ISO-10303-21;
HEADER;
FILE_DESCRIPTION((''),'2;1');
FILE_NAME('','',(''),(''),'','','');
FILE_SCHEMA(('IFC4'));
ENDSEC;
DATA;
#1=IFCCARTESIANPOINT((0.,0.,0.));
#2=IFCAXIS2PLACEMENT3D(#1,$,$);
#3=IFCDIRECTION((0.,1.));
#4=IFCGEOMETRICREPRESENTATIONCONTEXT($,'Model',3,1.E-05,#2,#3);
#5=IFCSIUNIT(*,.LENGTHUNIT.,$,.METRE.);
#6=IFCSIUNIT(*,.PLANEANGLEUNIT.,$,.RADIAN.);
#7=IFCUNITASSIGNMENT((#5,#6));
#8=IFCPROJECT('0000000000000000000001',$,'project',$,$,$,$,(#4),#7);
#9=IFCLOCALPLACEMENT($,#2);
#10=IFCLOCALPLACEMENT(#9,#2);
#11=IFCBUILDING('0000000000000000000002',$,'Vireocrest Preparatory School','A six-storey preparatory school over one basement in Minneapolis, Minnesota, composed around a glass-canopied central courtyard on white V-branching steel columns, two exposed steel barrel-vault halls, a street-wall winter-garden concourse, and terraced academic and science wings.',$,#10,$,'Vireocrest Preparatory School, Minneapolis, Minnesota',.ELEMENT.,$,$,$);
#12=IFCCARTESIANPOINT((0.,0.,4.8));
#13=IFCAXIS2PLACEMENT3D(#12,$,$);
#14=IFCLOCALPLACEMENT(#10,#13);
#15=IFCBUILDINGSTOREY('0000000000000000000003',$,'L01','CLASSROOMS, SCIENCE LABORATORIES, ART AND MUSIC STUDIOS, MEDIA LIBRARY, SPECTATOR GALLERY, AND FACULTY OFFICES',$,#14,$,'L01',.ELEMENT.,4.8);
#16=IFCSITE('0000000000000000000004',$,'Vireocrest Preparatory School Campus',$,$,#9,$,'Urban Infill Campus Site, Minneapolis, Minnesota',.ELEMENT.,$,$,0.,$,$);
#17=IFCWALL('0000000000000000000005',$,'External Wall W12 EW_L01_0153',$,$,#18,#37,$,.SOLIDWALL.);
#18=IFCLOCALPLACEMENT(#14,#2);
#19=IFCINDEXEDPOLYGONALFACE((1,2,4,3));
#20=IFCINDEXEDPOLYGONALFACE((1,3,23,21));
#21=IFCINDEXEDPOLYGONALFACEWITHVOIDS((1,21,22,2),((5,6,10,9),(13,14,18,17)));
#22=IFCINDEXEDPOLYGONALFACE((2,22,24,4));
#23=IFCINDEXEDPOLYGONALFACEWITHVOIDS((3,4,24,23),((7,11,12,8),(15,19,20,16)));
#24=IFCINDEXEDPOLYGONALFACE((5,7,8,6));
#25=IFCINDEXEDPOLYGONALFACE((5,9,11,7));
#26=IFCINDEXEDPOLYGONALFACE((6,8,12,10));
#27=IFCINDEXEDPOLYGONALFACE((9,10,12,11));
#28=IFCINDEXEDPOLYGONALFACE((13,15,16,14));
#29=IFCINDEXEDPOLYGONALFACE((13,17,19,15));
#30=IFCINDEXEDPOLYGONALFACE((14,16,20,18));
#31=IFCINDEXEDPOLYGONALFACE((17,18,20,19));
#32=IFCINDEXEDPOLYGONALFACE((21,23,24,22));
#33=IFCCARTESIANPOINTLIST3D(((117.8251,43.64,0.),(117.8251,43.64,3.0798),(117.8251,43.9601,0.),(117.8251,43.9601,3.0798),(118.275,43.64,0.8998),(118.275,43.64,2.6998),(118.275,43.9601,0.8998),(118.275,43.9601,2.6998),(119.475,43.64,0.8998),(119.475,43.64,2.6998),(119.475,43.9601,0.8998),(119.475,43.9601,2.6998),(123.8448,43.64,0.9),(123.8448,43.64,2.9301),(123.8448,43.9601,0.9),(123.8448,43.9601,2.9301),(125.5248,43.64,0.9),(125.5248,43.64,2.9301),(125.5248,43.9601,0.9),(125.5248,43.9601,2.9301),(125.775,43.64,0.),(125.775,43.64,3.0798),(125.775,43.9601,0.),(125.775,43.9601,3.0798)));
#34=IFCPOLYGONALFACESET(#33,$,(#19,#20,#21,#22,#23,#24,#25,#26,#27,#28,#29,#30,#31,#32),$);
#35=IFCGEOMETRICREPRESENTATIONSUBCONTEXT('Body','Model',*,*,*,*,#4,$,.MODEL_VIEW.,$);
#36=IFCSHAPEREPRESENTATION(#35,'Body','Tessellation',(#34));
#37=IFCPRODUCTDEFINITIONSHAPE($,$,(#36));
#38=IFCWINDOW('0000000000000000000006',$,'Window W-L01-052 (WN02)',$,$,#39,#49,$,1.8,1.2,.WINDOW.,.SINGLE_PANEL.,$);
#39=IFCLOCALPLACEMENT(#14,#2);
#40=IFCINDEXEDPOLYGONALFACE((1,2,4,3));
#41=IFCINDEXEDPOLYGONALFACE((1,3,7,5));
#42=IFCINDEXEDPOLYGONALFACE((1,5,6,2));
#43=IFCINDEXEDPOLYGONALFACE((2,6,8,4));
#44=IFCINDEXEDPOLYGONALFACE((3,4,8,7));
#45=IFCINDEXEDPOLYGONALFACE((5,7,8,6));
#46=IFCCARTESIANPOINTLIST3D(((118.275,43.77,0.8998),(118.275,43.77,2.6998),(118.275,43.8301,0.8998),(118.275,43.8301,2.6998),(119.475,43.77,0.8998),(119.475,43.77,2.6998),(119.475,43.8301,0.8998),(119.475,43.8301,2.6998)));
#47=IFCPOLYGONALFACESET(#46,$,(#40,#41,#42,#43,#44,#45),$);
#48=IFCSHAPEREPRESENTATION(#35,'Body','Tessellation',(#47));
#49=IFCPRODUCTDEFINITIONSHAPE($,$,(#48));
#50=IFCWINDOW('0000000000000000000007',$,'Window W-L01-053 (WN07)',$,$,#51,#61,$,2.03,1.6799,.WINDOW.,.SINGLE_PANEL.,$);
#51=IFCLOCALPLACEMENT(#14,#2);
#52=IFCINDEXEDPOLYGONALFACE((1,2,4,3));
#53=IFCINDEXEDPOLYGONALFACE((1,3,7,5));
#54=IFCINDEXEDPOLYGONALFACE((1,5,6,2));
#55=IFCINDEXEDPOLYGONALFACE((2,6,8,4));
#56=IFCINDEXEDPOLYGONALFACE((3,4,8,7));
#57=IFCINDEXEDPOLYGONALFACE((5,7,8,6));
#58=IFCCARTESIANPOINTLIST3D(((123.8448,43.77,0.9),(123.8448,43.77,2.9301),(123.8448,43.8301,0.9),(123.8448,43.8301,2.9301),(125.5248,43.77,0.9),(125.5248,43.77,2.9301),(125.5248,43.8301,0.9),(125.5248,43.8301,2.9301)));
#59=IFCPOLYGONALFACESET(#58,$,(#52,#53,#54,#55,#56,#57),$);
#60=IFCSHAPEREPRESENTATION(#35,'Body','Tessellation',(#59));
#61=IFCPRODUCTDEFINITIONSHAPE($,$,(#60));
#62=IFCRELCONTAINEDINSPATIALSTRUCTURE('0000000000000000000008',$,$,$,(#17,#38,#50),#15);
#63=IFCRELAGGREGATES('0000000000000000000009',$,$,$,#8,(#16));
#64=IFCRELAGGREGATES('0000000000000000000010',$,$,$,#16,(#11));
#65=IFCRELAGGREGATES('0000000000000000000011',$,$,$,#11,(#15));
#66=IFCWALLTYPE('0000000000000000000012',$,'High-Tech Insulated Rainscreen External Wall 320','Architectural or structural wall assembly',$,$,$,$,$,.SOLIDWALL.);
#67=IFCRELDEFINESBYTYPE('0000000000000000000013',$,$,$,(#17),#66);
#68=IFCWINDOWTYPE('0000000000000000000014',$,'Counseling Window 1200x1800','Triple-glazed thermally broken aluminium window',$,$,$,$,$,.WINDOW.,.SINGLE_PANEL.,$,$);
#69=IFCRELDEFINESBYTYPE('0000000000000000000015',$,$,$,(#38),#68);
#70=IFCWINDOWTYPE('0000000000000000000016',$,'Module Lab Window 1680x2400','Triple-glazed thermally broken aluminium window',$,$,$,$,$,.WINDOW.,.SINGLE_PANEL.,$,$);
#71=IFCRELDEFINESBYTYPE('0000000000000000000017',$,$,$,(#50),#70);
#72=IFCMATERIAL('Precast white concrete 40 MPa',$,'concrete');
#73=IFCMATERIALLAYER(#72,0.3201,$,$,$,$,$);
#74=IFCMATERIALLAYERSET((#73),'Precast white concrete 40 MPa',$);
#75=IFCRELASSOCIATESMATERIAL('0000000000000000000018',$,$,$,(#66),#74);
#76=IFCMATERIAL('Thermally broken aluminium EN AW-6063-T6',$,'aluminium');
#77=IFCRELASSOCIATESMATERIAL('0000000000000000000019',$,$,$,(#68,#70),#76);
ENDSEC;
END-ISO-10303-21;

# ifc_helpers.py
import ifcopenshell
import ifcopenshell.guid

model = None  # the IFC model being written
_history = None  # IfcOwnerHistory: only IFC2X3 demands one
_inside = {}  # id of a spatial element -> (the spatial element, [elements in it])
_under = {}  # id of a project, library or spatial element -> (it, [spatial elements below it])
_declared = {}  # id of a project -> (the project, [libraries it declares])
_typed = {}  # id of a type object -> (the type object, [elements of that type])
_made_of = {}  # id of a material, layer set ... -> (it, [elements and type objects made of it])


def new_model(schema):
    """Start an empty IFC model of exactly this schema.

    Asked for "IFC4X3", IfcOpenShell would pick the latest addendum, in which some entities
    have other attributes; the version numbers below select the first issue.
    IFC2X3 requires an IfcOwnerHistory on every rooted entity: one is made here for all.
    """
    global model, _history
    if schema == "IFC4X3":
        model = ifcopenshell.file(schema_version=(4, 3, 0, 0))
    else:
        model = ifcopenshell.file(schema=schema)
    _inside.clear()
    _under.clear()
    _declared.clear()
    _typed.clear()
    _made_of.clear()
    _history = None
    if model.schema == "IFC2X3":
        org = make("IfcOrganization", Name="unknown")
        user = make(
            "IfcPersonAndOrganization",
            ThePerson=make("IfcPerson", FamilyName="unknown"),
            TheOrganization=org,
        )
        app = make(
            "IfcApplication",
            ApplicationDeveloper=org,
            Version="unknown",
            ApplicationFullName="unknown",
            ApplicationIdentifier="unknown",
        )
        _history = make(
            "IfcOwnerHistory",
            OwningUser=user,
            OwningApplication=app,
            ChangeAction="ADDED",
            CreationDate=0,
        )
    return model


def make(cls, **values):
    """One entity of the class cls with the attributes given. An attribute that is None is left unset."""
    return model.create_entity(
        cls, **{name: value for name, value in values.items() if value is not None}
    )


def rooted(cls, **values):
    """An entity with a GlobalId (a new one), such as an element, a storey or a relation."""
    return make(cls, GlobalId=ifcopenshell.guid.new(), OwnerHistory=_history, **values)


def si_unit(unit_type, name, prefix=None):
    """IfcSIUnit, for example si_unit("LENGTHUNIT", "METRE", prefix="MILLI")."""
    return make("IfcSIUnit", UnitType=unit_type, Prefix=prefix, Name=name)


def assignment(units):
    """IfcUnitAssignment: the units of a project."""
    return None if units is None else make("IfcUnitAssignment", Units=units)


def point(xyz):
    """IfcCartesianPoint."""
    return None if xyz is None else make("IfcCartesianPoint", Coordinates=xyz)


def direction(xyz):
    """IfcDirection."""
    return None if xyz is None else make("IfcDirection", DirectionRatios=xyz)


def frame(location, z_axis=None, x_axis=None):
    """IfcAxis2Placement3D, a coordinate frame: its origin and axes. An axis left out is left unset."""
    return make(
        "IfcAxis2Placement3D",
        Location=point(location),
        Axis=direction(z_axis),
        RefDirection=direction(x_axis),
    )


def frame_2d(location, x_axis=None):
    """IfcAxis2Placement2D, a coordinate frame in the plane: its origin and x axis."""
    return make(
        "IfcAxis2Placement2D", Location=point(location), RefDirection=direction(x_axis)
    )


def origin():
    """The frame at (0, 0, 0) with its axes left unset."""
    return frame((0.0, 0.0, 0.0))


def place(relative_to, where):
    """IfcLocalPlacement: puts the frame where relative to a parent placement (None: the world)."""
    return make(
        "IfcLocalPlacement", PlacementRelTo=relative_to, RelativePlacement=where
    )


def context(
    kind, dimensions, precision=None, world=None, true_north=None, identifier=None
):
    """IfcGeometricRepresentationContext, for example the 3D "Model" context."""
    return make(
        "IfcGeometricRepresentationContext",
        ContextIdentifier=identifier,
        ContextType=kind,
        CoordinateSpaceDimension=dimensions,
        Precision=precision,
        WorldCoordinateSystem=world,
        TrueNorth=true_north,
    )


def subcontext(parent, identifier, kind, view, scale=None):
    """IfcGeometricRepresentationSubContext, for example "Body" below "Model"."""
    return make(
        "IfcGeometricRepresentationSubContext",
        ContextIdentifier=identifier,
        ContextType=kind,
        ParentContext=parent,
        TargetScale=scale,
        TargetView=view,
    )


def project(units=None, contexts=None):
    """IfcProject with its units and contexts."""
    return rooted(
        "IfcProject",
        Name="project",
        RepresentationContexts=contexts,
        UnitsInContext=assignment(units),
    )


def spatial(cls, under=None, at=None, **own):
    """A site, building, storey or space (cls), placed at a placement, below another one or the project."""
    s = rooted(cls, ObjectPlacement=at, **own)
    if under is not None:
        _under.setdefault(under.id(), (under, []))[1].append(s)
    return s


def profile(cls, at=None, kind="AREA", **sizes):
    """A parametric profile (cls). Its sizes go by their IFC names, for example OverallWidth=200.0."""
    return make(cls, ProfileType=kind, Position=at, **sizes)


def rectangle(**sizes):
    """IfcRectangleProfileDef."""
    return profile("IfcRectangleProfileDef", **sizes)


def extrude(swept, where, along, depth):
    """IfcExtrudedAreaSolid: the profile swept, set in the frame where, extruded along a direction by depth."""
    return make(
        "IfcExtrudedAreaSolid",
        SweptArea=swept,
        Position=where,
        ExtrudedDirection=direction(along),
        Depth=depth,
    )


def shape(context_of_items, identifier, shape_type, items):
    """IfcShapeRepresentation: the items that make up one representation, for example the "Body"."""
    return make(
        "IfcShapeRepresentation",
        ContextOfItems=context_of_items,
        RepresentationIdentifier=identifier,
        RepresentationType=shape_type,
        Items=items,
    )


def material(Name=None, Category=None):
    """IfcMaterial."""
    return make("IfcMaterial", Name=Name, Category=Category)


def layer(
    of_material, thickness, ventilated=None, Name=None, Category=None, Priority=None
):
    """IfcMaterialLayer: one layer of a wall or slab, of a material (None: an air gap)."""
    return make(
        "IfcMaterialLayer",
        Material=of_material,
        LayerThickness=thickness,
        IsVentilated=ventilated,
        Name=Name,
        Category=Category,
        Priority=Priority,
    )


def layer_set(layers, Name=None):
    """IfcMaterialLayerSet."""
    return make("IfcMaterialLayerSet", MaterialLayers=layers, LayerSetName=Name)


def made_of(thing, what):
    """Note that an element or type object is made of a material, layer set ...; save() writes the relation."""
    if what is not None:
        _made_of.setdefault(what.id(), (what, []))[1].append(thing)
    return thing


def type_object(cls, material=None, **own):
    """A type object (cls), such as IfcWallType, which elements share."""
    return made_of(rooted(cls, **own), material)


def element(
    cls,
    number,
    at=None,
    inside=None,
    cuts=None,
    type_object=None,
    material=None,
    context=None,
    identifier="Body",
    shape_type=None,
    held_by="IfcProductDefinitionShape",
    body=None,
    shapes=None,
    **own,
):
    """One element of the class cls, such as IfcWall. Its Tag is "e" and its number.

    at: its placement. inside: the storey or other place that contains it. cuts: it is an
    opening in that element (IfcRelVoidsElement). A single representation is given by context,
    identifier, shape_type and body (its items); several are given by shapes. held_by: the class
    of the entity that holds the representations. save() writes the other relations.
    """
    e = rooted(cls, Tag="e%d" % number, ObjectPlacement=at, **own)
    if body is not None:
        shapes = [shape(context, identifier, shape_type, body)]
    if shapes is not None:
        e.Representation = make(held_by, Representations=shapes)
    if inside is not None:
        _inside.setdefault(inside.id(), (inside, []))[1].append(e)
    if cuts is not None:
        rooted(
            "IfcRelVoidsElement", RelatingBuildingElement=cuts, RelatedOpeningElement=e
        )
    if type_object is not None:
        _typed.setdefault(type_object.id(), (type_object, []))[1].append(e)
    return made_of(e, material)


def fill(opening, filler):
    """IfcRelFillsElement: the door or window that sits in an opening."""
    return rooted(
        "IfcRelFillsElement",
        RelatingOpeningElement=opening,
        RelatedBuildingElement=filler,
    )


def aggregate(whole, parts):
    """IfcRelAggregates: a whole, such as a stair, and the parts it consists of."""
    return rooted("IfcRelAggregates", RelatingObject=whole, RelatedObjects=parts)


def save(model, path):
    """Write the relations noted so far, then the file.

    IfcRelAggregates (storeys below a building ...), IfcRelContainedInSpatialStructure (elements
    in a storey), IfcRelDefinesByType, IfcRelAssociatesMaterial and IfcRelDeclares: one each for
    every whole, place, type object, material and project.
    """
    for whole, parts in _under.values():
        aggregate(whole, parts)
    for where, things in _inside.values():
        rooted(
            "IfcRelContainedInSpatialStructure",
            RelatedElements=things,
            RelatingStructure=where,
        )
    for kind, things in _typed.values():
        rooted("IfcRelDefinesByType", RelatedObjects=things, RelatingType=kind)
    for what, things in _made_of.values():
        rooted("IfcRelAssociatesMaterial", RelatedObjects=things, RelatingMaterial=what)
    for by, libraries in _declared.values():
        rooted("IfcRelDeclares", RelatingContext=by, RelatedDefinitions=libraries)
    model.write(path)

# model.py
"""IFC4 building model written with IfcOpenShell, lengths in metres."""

from ifc_helpers import new_model, si_unit, direction, frame, frame_2d, origin, place, context, subcontext, project, spatial, rectangle, extrude, material, layer, layer_set, type_object, element, fill, save


model = new_model("IFC4")

# Units and contexts
model_context = context("Model", 3, precision=1e-05, world=origin(), true_north=direction((0.0, 1.0)))
body_context = subcontext(model_context, "Body", "Model", "MODEL_VIEW")
ifc_project = project(units=[si_unit("LENGTHUNIT", "METRE"), si_unit("PLANEANGLEUNIT", "RADIAN")], contexts=[model_context])

# Site, building, storey
site_placement = place(None, origin())
site = spatial("IfcSite", under=ifc_project, at=site_placement, Name="Vireocrest Preparatory School Campus", LongName="Urban Infill Campus Site, Minneapolis, Minnesota", CompositionType="ELEMENT", RefElevation=0.0)
building_placement = place(site_placement, origin())
building = spatial("IfcBuilding", under=site, at=building_placement, Name="Vireocrest Preparatory School", Description="A six-storey preparatory school over one basement in Minneapolis, Minnesota, composed around a glass-canopied central courtyard on white V-branching steel columns, two exposed steel barrel-vault halls, a street-wall winter-garden concourse, and terraced academic and science wings.", LongName="Vireocrest Preparatory School, Minneapolis, Minnesota", CompositionType="ELEMENT")
storey_placement = place(building_placement, frame((0.0, 0.0, 4.8)))
storey = spatial("IfcBuildingStorey", under=building, at=storey_placement, Name="L01", Description="CLASSROOMS, SCIENCE LABORATORIES, ART AND MUSIC STUDIOS, MEDIA LIBRARY, SPECTATOR GALLERY, AND FACULTY OFFICES", LongName="L01", CompositionType="ELEMENT", Elevation=4.8)

# Shared definitions
ifc_material_1 = material(Name="Thermally broken aluminium EN AW-6063-T6", Category="aluminium")

# Wall, openings, windows
ifc_material_2 = material(Name="Precast white concrete 40 MPa", Category="concrete")
ifc_layer_1 = layer(ifc_material_2, 0.3201)
ifc_layer_set_1 = layer_set([ifc_layer_1], Name="Precast white concrete 40 MPa")
wall_type = type_object("IfcWallType", Name="High-Tech Insulated Rainscreen External Wall 320", Description="Architectural or structural wall assembly", PredefinedType="SOLIDWALL", material=ifc_layer_set_1)
wall_placement = place(storey_placement, frame((117.825, 43.8, 0.0), z_axis=(0.0, 0.0, 1.0), x_axis=(1.0, 0.0, 0.0)))
wall = element("IfcWall", 1, at=wall_placement, inside=storey, type_object=wall_type, Name="External Wall W12 EW_L01_0153", PredefinedType="SOLIDWALL", context=body_context, shape_type="SweptSolid", body=[
    extrude(rectangle(XDim=7.95, YDim=0.3201, at=frame_2d((3.9751, 0.0))), origin(), (0.0, 0.0, 1.0), 3.0798),
])
opening_1_placement = place(wall_placement, frame((0.45, 0.0, 0.8999)))
opening_1 = element("IfcOpeningElement", 2, at=opening_1_placement, cuts=wall, PredefinedType="OPENING", context=body_context, shape_type="SweptSolid", body=[
    extrude(rectangle(XDim=1.2, YDim=1.8, at=frame_2d((0.6001, 0.8999))), frame((0.0, 0.1699, 0.0), z_axis=(0.0, -1.0, 0.0), x_axis=(1.0, 0.0, 0.0)), (0.0, 0.0, 1.0), 0.3401),
])
opening_2_placement = place(wall_placement, frame((6.02, 0.0, 0.8999)))
opening_2 = element("IfcOpeningElement", 3, at=opening_2_placement, cuts=wall, PredefinedType="OPENING", context=body_context, shape_type="SweptSolid", body=[
    extrude(rectangle(XDim=1.6799, YDim=2.03, at=frame_2d((0.8398, 1.0151))), frame((0.0, 0.1699, 0.0), z_axis=(0.0, -1.0, 0.0), x_axis=(1.0, 0.0, 0.0)), (0.0, 0.0, 1.0), 0.3401),
])
window_type_1 = type_object("IfcWindowType", Name="Counseling Window 1200x1800", Description="Triple-glazed thermally broken aluminium window", PartitioningType="SINGLE_PANEL", PredefinedType="WINDOW", material=ifc_material_1)
window_1_placement = place(opening_1_placement, origin())
window_1 = element("IfcWindow", 4, at=window_1_placement, inside=storey, type_object=window_type_1, Name="Window W-L01-052 (WN02)", OverallHeight=1.8, OverallWidth=1.2, PartitioningType="SINGLE_PANEL", PredefinedType="WINDOW", context=body_context, shape_type="SweptSolid", body=[
    extrude(rectangle(XDim=1.2, YDim=1.8, at=frame_2d((0.6001, 0.8999))), frame((0.0, 0.03, 0.0), z_axis=(0.0, -1.0, 0.0), x_axis=(1.0, 0.0, 0.0)), (0.0, 0.0, 1.0), 0.0601),
])
fill(opening_1, window_1)
window_type_2 = type_object("IfcWindowType", Name="Module Lab Window 1680x2400", Description="Triple-glazed thermally broken aluminium window", PartitioningType="SINGLE_PANEL", PredefinedType="WINDOW", material=ifc_material_1)
window_2_placement = place(opening_2_placement, origin())
window_2 = element("IfcWindow", 5, at=window_2_placement, inside=storey, type_object=window_type_2, Name="Window W-L01-053 (WN07)", OverallHeight=2.03, OverallWidth=1.6799, PartitioningType="SINGLE_PANEL", PredefinedType="WINDOW", context=body_context, shape_type="SweptSolid", body=[
    extrude(rectangle(XDim=1.6799, YDim=2.03, at=frame_2d((0.8398, 1.0151))), frame((0.0, 0.03, 0.0), z_axis=(0.0, -1.0, 0.0), x_axis=(1.0, 0.0, 0.0)), (0.0, 0.0, 1.0), 0.0601),
])
fill(opening_2, window_2)

save(model, "model.ifc")
